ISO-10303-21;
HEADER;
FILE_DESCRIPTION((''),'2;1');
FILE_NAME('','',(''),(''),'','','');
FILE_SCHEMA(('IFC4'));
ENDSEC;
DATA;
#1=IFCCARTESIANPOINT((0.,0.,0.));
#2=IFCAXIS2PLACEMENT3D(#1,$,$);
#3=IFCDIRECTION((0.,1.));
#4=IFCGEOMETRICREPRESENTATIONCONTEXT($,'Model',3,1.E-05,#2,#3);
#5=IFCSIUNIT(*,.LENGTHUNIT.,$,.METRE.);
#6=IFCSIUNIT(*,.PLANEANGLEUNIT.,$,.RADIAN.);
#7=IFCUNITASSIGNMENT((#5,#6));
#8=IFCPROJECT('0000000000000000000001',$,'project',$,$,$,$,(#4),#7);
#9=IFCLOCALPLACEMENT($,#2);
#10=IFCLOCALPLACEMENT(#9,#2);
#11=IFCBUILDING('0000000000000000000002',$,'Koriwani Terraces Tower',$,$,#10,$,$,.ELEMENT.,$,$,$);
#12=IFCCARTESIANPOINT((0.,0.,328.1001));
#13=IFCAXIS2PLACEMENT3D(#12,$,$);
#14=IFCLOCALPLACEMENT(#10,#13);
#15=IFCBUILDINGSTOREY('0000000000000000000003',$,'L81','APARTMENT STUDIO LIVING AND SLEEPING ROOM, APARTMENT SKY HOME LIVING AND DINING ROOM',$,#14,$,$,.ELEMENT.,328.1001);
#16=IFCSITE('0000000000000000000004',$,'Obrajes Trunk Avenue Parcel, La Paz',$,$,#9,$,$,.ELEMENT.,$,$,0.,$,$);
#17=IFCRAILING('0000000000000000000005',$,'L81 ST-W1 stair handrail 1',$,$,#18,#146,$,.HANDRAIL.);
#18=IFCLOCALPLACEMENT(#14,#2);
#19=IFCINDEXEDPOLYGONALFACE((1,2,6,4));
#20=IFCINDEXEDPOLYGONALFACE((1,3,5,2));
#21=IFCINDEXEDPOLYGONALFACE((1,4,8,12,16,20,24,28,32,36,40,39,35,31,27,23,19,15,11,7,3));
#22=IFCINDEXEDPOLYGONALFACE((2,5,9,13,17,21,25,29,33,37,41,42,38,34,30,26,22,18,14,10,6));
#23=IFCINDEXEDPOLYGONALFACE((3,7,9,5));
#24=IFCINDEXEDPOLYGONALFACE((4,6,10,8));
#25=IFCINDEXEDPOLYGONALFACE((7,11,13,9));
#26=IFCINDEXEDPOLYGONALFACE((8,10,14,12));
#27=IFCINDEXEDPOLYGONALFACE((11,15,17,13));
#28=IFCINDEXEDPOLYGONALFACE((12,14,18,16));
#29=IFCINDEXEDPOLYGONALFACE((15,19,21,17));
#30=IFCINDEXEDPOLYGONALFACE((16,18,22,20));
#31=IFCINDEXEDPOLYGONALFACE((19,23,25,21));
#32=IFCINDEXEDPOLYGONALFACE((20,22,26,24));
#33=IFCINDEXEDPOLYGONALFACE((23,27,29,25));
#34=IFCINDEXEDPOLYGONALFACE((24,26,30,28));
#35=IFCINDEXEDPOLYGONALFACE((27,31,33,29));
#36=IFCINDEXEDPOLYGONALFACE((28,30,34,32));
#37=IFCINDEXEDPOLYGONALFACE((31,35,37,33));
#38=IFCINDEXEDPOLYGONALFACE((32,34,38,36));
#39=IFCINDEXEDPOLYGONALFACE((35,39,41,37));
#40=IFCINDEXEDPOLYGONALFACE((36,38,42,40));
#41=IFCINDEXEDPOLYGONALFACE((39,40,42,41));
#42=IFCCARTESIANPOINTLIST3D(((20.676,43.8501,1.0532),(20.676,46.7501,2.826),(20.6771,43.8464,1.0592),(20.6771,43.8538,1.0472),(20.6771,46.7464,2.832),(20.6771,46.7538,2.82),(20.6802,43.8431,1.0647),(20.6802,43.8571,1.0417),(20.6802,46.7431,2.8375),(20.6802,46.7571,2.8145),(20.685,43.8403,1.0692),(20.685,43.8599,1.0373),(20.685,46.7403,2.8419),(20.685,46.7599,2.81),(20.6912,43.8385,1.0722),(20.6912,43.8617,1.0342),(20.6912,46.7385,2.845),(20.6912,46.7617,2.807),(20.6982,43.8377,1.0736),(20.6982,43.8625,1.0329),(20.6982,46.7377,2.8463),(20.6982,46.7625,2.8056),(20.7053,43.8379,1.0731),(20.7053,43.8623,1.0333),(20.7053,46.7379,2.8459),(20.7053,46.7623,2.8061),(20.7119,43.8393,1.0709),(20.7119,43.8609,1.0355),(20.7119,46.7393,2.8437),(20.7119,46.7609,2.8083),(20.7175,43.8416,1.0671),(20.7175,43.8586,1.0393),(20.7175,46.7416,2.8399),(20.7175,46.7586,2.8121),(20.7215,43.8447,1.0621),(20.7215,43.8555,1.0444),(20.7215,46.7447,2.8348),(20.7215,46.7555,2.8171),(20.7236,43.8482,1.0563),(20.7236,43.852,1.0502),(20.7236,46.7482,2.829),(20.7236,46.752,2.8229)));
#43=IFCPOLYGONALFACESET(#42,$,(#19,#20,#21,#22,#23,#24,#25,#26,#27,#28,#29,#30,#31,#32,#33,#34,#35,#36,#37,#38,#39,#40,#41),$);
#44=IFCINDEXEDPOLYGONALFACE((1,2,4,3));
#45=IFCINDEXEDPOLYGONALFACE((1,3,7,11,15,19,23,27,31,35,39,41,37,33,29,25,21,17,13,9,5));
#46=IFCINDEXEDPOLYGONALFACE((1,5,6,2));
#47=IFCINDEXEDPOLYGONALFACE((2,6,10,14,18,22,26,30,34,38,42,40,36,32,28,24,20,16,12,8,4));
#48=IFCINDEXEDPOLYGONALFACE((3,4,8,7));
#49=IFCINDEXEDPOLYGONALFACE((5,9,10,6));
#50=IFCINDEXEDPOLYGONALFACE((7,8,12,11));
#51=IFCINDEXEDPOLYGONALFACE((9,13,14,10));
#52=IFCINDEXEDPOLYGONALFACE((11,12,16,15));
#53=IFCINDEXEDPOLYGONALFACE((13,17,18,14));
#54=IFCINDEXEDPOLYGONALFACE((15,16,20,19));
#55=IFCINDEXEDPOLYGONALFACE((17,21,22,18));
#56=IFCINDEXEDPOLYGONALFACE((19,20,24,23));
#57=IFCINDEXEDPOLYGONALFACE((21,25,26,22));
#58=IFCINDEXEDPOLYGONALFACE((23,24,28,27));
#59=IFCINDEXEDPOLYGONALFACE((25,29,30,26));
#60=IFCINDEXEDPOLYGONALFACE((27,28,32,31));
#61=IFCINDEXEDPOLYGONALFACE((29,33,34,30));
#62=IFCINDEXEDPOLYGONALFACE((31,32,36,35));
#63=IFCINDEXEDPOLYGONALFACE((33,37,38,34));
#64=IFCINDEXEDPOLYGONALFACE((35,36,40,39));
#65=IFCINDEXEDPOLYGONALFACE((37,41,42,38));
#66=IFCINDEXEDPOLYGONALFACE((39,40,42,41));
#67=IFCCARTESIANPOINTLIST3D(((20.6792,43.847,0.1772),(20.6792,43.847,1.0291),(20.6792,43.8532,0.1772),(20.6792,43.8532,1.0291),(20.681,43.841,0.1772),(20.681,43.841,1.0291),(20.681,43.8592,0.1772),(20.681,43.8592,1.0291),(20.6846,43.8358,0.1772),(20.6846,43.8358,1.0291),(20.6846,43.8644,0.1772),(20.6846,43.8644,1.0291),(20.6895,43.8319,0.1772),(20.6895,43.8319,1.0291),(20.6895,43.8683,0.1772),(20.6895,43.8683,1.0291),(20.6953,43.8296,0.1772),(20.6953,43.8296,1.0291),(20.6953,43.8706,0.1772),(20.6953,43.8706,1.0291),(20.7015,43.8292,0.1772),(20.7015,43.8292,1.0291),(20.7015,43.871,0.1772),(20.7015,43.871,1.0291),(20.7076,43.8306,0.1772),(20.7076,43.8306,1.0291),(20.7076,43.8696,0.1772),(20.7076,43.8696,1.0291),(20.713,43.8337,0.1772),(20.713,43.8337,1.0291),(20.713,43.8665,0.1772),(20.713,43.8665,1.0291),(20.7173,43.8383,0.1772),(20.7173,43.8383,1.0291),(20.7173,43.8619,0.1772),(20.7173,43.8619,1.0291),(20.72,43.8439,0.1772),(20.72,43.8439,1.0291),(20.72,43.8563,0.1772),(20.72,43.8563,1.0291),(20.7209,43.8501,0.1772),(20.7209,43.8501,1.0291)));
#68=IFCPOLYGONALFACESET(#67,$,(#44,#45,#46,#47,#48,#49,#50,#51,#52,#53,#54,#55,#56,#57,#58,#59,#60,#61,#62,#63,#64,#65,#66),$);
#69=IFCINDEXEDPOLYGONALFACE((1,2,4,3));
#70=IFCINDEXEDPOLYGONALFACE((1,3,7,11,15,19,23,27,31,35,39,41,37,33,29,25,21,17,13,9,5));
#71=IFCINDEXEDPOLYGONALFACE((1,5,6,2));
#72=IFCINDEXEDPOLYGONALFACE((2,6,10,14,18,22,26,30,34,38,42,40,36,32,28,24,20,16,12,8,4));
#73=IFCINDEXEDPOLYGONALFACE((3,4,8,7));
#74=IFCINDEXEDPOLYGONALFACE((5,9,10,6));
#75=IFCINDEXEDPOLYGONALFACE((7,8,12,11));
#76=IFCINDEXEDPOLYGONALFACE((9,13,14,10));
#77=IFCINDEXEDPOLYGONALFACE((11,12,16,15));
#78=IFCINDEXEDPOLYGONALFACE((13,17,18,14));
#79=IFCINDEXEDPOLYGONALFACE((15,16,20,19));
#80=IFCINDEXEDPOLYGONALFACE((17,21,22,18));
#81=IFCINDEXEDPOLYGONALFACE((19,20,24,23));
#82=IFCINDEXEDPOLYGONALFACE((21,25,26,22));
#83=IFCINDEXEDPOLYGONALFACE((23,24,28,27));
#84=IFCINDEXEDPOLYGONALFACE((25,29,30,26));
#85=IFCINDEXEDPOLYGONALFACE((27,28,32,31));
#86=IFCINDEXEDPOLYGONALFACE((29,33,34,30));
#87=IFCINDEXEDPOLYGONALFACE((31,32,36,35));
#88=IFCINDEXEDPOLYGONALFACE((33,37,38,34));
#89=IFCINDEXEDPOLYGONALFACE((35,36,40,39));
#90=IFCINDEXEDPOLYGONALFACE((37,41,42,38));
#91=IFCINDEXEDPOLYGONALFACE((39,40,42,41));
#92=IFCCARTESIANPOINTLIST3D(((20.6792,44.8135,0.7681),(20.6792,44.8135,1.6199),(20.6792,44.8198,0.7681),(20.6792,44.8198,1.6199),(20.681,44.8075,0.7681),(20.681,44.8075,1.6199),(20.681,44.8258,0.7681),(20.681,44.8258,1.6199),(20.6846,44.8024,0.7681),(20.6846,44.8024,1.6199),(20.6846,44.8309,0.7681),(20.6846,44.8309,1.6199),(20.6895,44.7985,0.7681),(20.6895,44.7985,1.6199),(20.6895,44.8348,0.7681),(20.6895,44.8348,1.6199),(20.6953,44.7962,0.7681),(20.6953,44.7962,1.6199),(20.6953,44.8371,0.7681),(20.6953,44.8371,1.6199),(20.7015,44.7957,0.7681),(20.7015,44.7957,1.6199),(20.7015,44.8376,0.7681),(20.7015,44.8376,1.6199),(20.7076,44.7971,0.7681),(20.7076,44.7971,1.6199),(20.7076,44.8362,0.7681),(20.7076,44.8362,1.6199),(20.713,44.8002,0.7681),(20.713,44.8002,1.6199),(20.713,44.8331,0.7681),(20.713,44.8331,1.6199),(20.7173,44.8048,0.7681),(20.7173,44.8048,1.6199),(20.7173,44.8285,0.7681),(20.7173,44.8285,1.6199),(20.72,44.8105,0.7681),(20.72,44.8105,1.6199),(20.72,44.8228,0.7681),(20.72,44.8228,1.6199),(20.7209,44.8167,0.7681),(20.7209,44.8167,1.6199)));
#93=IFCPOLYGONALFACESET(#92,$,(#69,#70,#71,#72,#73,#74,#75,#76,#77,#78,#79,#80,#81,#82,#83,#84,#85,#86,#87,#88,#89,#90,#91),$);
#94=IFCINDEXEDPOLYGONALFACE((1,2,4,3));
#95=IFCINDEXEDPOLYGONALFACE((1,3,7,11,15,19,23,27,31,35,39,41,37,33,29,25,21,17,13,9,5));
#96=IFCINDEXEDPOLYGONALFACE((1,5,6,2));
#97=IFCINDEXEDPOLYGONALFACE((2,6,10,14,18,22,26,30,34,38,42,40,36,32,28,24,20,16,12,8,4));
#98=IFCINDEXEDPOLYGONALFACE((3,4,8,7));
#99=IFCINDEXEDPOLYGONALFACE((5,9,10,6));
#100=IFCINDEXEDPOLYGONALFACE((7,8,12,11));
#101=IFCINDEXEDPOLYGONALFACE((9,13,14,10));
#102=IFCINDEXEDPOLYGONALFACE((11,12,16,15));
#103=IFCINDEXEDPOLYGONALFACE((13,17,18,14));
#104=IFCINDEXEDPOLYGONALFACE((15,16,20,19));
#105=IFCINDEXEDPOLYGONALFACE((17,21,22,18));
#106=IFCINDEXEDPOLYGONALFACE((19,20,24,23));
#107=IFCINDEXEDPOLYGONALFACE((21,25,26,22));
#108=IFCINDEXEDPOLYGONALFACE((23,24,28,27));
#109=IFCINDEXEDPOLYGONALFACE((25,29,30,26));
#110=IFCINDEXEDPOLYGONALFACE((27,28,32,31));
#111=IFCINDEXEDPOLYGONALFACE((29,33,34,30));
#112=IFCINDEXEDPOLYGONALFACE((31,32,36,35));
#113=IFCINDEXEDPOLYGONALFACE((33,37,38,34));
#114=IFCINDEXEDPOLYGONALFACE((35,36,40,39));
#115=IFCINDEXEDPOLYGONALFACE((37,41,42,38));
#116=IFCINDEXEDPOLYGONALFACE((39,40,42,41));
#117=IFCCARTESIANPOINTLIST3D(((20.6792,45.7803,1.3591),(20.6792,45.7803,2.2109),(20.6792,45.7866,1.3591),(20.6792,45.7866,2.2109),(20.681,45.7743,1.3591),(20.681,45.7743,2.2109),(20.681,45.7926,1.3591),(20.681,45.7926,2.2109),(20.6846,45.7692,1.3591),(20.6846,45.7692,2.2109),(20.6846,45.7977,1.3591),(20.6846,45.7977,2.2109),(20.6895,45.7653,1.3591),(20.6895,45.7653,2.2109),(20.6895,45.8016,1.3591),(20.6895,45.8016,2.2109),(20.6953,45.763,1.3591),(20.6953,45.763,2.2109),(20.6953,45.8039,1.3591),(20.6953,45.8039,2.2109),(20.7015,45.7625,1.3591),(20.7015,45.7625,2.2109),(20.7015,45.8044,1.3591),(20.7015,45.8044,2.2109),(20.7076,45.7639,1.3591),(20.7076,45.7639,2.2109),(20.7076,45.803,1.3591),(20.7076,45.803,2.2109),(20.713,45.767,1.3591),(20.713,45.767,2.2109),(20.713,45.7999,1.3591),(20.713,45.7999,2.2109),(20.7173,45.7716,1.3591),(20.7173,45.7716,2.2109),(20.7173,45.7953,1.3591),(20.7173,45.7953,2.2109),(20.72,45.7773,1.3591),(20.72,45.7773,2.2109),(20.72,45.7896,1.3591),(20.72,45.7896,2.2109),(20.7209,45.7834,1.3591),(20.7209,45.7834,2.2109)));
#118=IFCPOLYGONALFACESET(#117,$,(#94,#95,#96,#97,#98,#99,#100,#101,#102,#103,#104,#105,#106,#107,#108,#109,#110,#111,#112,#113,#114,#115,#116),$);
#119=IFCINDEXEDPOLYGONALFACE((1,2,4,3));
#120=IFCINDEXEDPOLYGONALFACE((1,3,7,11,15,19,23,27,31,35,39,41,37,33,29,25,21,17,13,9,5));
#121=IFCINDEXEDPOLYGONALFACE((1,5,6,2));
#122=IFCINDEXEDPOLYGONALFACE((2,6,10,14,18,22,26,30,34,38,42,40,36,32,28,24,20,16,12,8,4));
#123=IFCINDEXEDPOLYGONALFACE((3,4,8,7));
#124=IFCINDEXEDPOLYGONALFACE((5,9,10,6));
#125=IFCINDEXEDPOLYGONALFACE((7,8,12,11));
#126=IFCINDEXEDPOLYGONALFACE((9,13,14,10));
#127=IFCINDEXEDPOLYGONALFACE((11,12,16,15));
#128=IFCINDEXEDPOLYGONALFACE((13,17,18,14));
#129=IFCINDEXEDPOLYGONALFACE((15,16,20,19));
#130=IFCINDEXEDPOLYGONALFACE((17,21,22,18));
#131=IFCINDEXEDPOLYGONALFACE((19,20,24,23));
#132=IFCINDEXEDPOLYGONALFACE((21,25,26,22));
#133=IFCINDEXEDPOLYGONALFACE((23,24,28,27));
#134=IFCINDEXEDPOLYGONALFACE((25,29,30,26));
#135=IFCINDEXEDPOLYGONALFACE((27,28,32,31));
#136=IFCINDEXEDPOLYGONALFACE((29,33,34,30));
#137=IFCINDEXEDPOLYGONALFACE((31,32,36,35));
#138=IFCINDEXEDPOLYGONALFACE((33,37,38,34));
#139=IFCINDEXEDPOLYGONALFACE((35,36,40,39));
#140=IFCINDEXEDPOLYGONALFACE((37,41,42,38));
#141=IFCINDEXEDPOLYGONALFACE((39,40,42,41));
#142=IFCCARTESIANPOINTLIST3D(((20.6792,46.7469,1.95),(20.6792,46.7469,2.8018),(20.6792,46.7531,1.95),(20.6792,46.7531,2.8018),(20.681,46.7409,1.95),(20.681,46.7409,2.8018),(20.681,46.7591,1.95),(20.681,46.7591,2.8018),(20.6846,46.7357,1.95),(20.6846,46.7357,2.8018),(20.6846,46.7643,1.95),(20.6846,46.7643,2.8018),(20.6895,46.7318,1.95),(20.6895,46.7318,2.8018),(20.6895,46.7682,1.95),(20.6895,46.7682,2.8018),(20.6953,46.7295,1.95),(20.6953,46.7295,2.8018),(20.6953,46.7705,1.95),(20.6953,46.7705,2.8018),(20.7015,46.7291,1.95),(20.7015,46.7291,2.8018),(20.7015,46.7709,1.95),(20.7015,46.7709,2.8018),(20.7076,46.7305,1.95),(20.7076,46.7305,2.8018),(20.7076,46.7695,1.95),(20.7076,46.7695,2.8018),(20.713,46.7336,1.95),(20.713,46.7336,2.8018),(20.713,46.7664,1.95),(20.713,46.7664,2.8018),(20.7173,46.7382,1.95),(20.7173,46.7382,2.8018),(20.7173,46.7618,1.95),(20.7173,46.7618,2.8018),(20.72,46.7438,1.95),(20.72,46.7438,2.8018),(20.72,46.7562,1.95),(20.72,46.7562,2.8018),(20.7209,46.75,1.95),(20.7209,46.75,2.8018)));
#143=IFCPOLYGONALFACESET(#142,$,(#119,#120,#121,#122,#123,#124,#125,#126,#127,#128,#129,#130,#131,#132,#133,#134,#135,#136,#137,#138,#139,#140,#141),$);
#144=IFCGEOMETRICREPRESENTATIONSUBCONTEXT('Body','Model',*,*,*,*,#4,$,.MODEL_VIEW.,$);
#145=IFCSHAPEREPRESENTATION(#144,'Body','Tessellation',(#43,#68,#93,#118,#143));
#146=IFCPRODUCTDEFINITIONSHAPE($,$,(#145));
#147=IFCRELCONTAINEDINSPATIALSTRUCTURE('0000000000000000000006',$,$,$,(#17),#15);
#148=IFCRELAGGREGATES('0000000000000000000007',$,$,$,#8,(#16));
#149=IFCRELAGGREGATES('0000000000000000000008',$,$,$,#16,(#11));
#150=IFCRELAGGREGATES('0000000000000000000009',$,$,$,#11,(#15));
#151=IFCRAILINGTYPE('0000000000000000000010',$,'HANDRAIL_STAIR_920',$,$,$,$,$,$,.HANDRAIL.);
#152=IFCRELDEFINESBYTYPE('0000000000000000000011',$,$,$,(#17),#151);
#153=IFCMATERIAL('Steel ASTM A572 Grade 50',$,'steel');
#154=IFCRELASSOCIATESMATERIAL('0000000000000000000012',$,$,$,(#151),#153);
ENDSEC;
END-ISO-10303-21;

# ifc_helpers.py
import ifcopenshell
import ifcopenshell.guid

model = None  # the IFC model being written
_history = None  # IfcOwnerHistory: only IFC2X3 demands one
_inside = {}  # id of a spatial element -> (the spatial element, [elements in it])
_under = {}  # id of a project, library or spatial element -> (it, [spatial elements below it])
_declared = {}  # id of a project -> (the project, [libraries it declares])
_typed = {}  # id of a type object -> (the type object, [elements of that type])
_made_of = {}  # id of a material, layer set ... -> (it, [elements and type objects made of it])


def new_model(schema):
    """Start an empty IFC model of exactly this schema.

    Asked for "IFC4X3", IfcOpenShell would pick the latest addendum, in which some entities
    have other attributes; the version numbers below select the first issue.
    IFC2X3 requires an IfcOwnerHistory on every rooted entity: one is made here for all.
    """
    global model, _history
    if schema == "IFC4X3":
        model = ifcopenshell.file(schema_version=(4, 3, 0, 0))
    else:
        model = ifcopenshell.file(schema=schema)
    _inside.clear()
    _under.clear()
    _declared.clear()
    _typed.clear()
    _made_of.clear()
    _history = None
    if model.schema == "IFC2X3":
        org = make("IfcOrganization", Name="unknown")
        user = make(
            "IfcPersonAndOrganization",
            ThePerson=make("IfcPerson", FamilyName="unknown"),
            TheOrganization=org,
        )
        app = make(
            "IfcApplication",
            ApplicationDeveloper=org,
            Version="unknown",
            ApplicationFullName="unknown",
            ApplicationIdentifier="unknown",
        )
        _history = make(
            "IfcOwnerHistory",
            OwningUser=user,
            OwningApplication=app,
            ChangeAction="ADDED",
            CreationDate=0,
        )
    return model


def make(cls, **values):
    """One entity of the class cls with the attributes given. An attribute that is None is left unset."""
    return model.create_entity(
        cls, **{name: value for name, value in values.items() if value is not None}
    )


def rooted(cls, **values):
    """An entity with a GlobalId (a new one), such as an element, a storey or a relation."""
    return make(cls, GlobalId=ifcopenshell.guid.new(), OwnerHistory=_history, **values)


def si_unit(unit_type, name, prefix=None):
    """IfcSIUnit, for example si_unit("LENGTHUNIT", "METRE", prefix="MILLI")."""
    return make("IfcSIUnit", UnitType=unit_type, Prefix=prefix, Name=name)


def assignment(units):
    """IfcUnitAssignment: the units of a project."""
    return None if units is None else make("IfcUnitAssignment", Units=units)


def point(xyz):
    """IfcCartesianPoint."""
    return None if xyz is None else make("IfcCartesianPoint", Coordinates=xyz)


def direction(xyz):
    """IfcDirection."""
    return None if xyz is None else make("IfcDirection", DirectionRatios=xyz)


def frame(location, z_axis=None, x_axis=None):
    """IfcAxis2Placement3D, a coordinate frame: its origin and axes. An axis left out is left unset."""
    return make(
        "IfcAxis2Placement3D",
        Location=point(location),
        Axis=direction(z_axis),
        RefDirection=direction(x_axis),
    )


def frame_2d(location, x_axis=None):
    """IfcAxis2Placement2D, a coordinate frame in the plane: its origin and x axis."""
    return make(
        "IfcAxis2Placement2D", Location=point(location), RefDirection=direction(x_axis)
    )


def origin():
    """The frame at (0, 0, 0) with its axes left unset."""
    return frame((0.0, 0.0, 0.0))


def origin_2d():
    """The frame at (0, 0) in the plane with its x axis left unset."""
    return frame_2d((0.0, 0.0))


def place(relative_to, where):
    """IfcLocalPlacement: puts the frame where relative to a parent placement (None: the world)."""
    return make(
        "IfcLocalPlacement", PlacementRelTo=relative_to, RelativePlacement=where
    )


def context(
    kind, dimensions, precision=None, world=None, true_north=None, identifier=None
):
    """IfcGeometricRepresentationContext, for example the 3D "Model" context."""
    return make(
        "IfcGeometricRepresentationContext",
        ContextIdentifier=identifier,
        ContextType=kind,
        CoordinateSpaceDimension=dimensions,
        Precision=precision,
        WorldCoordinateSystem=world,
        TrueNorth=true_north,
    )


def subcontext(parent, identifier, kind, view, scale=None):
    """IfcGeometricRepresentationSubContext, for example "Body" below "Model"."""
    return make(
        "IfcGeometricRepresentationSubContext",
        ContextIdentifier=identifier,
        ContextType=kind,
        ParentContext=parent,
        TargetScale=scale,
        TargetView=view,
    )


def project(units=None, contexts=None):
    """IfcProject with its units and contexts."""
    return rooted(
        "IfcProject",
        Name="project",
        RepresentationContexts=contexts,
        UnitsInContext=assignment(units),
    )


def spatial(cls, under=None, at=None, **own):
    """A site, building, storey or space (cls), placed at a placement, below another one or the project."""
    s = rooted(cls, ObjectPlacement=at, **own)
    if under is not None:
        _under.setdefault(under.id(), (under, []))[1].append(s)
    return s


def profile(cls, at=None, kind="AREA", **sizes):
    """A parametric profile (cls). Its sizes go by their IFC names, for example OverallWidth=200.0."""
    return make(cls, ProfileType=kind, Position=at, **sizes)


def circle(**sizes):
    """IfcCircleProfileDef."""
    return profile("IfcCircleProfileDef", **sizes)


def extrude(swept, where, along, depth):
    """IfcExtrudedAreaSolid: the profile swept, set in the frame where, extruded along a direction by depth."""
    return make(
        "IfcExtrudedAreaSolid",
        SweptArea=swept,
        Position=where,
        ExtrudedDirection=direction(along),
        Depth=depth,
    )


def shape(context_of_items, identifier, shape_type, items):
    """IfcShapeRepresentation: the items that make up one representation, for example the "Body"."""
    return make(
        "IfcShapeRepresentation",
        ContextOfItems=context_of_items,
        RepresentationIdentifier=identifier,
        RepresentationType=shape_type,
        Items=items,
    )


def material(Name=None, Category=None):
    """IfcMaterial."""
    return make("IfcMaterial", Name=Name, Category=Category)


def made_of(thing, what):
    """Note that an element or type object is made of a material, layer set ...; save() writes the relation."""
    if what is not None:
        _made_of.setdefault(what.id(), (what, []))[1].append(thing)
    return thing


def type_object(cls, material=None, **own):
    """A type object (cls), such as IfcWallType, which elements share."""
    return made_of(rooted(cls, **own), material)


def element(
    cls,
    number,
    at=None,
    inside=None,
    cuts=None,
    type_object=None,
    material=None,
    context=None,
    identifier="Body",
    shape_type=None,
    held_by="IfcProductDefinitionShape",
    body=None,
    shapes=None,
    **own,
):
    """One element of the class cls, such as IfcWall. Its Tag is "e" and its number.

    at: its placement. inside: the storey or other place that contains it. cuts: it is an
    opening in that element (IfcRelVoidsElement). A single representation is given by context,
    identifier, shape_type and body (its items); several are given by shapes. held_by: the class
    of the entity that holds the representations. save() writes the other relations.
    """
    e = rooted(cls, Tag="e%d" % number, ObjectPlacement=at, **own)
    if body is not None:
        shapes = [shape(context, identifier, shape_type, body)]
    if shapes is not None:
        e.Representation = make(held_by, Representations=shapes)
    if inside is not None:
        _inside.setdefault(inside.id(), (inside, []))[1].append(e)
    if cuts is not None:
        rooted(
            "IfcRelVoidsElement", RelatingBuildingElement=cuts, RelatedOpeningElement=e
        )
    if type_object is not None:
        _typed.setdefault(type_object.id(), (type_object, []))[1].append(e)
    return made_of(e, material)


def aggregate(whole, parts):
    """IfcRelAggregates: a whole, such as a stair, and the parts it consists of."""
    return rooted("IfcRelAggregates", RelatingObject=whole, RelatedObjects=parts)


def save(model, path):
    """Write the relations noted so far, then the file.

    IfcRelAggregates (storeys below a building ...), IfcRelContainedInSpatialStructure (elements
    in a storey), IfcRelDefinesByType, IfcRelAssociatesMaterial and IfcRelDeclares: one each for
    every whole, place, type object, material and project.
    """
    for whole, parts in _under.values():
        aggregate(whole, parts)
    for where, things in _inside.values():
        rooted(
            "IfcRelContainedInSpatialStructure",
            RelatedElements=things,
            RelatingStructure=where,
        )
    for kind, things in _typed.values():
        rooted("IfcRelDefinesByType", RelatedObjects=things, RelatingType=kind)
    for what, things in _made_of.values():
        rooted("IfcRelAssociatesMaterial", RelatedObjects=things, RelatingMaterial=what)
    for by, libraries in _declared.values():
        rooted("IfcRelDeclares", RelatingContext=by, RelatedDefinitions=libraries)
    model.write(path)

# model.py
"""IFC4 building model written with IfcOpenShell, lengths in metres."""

from ifc_helpers import new_model, si_unit, direction, frame, origin, origin_2d, place, context, subcontext, project, spatial, circle, extrude, material, type_object, element, save


model = new_model("IFC4")

# Units and contexts
model_context = context("Model", 3, precision=1e-05, world=origin(), true_north=direction((0.0, 1.0)))
body_context = subcontext(model_context, "Body", "Model", "MODEL_VIEW")
ifc_project = project(units=[si_unit("LENGTHUNIT", "METRE"), si_unit("PLANEANGLEUNIT", "RADIAN")], contexts=[model_context])

# Site, building, storey
site_placement = place(None, origin())
site = spatial("IfcSite", under=ifc_project, at=site_placement, Name="Obrajes Trunk Avenue Parcel, La Paz", CompositionType="ELEMENT", RefElevation=0.0)
building_placement = place(site_placement, origin())
building = spatial("IfcBuilding", under=site, at=building_placement, Name="Koriwani Terraces Tower", CompositionType="ELEMENT")
storey_placement = place(building_placement, frame((0.0, 0.0, 328.1001)))
storey = spatial("IfcBuildingStorey", under=building, at=storey_placement, Name="L81", Description="APARTMENT STUDIO LIVING AND SLEEPING ROOM, APARTMENT SKY HOME LIVING AND DINING ROOM", CompositionType="ELEMENT", Elevation=328.1001)

# Shared definitions
ifc_material_1 = material(Name="Steel ASTM A572 Grade 50", Category="steel")

# Railing
railing_type_1 = type_object("IfcRailingType", Name="HANDRAIL_STAIR_920", PredefinedType="HANDRAIL", material=ifc_material_1)
railing_1_placement = place(storey_placement, frame((20.7, 43.8501, 0.1772)))
element("IfcRailing", 1, at=railing_1_placement, inside=storey, type_object=railing_type_1, Name="L81 ST-W1 stair handrail 1", PredefinedType="HANDRAIL", context=body_context, shape_type="SweptSolid", body=[
    extrude(circle(Radius=0.0239, at=origin_2d()), frame((0.0, 0.0, 0.876), z_axis=(0.0, 0.853211, 0.521566), x_axis=(-1.0, 0.0, 0.0)), (0.0, 0.0, 1.0), 3.3989),
    extrude(circle(Radius=0.021, at=origin_2d()), origin(), (0.0, 0.0, 1.0), 0.8518),
    extrude(circle(Radius=0.021, at=origin_2d()), frame((0.0, 0.9666, 0.5908)), (0.0, 0.0, 1.0), 0.8518),
    extrude(circle(Radius=0.021, at=origin_2d()), frame((0.0, 1.9333, 1.1819)), (0.0, 0.0, 1.0), 0.8518),
    extrude(circle(Radius=0.021, at=origin_2d()), frame((0.0, 2.8999, 1.7727)), (0.0, 0.0, 1.0), 0.8518),
])

save(model, "model.ifc")
